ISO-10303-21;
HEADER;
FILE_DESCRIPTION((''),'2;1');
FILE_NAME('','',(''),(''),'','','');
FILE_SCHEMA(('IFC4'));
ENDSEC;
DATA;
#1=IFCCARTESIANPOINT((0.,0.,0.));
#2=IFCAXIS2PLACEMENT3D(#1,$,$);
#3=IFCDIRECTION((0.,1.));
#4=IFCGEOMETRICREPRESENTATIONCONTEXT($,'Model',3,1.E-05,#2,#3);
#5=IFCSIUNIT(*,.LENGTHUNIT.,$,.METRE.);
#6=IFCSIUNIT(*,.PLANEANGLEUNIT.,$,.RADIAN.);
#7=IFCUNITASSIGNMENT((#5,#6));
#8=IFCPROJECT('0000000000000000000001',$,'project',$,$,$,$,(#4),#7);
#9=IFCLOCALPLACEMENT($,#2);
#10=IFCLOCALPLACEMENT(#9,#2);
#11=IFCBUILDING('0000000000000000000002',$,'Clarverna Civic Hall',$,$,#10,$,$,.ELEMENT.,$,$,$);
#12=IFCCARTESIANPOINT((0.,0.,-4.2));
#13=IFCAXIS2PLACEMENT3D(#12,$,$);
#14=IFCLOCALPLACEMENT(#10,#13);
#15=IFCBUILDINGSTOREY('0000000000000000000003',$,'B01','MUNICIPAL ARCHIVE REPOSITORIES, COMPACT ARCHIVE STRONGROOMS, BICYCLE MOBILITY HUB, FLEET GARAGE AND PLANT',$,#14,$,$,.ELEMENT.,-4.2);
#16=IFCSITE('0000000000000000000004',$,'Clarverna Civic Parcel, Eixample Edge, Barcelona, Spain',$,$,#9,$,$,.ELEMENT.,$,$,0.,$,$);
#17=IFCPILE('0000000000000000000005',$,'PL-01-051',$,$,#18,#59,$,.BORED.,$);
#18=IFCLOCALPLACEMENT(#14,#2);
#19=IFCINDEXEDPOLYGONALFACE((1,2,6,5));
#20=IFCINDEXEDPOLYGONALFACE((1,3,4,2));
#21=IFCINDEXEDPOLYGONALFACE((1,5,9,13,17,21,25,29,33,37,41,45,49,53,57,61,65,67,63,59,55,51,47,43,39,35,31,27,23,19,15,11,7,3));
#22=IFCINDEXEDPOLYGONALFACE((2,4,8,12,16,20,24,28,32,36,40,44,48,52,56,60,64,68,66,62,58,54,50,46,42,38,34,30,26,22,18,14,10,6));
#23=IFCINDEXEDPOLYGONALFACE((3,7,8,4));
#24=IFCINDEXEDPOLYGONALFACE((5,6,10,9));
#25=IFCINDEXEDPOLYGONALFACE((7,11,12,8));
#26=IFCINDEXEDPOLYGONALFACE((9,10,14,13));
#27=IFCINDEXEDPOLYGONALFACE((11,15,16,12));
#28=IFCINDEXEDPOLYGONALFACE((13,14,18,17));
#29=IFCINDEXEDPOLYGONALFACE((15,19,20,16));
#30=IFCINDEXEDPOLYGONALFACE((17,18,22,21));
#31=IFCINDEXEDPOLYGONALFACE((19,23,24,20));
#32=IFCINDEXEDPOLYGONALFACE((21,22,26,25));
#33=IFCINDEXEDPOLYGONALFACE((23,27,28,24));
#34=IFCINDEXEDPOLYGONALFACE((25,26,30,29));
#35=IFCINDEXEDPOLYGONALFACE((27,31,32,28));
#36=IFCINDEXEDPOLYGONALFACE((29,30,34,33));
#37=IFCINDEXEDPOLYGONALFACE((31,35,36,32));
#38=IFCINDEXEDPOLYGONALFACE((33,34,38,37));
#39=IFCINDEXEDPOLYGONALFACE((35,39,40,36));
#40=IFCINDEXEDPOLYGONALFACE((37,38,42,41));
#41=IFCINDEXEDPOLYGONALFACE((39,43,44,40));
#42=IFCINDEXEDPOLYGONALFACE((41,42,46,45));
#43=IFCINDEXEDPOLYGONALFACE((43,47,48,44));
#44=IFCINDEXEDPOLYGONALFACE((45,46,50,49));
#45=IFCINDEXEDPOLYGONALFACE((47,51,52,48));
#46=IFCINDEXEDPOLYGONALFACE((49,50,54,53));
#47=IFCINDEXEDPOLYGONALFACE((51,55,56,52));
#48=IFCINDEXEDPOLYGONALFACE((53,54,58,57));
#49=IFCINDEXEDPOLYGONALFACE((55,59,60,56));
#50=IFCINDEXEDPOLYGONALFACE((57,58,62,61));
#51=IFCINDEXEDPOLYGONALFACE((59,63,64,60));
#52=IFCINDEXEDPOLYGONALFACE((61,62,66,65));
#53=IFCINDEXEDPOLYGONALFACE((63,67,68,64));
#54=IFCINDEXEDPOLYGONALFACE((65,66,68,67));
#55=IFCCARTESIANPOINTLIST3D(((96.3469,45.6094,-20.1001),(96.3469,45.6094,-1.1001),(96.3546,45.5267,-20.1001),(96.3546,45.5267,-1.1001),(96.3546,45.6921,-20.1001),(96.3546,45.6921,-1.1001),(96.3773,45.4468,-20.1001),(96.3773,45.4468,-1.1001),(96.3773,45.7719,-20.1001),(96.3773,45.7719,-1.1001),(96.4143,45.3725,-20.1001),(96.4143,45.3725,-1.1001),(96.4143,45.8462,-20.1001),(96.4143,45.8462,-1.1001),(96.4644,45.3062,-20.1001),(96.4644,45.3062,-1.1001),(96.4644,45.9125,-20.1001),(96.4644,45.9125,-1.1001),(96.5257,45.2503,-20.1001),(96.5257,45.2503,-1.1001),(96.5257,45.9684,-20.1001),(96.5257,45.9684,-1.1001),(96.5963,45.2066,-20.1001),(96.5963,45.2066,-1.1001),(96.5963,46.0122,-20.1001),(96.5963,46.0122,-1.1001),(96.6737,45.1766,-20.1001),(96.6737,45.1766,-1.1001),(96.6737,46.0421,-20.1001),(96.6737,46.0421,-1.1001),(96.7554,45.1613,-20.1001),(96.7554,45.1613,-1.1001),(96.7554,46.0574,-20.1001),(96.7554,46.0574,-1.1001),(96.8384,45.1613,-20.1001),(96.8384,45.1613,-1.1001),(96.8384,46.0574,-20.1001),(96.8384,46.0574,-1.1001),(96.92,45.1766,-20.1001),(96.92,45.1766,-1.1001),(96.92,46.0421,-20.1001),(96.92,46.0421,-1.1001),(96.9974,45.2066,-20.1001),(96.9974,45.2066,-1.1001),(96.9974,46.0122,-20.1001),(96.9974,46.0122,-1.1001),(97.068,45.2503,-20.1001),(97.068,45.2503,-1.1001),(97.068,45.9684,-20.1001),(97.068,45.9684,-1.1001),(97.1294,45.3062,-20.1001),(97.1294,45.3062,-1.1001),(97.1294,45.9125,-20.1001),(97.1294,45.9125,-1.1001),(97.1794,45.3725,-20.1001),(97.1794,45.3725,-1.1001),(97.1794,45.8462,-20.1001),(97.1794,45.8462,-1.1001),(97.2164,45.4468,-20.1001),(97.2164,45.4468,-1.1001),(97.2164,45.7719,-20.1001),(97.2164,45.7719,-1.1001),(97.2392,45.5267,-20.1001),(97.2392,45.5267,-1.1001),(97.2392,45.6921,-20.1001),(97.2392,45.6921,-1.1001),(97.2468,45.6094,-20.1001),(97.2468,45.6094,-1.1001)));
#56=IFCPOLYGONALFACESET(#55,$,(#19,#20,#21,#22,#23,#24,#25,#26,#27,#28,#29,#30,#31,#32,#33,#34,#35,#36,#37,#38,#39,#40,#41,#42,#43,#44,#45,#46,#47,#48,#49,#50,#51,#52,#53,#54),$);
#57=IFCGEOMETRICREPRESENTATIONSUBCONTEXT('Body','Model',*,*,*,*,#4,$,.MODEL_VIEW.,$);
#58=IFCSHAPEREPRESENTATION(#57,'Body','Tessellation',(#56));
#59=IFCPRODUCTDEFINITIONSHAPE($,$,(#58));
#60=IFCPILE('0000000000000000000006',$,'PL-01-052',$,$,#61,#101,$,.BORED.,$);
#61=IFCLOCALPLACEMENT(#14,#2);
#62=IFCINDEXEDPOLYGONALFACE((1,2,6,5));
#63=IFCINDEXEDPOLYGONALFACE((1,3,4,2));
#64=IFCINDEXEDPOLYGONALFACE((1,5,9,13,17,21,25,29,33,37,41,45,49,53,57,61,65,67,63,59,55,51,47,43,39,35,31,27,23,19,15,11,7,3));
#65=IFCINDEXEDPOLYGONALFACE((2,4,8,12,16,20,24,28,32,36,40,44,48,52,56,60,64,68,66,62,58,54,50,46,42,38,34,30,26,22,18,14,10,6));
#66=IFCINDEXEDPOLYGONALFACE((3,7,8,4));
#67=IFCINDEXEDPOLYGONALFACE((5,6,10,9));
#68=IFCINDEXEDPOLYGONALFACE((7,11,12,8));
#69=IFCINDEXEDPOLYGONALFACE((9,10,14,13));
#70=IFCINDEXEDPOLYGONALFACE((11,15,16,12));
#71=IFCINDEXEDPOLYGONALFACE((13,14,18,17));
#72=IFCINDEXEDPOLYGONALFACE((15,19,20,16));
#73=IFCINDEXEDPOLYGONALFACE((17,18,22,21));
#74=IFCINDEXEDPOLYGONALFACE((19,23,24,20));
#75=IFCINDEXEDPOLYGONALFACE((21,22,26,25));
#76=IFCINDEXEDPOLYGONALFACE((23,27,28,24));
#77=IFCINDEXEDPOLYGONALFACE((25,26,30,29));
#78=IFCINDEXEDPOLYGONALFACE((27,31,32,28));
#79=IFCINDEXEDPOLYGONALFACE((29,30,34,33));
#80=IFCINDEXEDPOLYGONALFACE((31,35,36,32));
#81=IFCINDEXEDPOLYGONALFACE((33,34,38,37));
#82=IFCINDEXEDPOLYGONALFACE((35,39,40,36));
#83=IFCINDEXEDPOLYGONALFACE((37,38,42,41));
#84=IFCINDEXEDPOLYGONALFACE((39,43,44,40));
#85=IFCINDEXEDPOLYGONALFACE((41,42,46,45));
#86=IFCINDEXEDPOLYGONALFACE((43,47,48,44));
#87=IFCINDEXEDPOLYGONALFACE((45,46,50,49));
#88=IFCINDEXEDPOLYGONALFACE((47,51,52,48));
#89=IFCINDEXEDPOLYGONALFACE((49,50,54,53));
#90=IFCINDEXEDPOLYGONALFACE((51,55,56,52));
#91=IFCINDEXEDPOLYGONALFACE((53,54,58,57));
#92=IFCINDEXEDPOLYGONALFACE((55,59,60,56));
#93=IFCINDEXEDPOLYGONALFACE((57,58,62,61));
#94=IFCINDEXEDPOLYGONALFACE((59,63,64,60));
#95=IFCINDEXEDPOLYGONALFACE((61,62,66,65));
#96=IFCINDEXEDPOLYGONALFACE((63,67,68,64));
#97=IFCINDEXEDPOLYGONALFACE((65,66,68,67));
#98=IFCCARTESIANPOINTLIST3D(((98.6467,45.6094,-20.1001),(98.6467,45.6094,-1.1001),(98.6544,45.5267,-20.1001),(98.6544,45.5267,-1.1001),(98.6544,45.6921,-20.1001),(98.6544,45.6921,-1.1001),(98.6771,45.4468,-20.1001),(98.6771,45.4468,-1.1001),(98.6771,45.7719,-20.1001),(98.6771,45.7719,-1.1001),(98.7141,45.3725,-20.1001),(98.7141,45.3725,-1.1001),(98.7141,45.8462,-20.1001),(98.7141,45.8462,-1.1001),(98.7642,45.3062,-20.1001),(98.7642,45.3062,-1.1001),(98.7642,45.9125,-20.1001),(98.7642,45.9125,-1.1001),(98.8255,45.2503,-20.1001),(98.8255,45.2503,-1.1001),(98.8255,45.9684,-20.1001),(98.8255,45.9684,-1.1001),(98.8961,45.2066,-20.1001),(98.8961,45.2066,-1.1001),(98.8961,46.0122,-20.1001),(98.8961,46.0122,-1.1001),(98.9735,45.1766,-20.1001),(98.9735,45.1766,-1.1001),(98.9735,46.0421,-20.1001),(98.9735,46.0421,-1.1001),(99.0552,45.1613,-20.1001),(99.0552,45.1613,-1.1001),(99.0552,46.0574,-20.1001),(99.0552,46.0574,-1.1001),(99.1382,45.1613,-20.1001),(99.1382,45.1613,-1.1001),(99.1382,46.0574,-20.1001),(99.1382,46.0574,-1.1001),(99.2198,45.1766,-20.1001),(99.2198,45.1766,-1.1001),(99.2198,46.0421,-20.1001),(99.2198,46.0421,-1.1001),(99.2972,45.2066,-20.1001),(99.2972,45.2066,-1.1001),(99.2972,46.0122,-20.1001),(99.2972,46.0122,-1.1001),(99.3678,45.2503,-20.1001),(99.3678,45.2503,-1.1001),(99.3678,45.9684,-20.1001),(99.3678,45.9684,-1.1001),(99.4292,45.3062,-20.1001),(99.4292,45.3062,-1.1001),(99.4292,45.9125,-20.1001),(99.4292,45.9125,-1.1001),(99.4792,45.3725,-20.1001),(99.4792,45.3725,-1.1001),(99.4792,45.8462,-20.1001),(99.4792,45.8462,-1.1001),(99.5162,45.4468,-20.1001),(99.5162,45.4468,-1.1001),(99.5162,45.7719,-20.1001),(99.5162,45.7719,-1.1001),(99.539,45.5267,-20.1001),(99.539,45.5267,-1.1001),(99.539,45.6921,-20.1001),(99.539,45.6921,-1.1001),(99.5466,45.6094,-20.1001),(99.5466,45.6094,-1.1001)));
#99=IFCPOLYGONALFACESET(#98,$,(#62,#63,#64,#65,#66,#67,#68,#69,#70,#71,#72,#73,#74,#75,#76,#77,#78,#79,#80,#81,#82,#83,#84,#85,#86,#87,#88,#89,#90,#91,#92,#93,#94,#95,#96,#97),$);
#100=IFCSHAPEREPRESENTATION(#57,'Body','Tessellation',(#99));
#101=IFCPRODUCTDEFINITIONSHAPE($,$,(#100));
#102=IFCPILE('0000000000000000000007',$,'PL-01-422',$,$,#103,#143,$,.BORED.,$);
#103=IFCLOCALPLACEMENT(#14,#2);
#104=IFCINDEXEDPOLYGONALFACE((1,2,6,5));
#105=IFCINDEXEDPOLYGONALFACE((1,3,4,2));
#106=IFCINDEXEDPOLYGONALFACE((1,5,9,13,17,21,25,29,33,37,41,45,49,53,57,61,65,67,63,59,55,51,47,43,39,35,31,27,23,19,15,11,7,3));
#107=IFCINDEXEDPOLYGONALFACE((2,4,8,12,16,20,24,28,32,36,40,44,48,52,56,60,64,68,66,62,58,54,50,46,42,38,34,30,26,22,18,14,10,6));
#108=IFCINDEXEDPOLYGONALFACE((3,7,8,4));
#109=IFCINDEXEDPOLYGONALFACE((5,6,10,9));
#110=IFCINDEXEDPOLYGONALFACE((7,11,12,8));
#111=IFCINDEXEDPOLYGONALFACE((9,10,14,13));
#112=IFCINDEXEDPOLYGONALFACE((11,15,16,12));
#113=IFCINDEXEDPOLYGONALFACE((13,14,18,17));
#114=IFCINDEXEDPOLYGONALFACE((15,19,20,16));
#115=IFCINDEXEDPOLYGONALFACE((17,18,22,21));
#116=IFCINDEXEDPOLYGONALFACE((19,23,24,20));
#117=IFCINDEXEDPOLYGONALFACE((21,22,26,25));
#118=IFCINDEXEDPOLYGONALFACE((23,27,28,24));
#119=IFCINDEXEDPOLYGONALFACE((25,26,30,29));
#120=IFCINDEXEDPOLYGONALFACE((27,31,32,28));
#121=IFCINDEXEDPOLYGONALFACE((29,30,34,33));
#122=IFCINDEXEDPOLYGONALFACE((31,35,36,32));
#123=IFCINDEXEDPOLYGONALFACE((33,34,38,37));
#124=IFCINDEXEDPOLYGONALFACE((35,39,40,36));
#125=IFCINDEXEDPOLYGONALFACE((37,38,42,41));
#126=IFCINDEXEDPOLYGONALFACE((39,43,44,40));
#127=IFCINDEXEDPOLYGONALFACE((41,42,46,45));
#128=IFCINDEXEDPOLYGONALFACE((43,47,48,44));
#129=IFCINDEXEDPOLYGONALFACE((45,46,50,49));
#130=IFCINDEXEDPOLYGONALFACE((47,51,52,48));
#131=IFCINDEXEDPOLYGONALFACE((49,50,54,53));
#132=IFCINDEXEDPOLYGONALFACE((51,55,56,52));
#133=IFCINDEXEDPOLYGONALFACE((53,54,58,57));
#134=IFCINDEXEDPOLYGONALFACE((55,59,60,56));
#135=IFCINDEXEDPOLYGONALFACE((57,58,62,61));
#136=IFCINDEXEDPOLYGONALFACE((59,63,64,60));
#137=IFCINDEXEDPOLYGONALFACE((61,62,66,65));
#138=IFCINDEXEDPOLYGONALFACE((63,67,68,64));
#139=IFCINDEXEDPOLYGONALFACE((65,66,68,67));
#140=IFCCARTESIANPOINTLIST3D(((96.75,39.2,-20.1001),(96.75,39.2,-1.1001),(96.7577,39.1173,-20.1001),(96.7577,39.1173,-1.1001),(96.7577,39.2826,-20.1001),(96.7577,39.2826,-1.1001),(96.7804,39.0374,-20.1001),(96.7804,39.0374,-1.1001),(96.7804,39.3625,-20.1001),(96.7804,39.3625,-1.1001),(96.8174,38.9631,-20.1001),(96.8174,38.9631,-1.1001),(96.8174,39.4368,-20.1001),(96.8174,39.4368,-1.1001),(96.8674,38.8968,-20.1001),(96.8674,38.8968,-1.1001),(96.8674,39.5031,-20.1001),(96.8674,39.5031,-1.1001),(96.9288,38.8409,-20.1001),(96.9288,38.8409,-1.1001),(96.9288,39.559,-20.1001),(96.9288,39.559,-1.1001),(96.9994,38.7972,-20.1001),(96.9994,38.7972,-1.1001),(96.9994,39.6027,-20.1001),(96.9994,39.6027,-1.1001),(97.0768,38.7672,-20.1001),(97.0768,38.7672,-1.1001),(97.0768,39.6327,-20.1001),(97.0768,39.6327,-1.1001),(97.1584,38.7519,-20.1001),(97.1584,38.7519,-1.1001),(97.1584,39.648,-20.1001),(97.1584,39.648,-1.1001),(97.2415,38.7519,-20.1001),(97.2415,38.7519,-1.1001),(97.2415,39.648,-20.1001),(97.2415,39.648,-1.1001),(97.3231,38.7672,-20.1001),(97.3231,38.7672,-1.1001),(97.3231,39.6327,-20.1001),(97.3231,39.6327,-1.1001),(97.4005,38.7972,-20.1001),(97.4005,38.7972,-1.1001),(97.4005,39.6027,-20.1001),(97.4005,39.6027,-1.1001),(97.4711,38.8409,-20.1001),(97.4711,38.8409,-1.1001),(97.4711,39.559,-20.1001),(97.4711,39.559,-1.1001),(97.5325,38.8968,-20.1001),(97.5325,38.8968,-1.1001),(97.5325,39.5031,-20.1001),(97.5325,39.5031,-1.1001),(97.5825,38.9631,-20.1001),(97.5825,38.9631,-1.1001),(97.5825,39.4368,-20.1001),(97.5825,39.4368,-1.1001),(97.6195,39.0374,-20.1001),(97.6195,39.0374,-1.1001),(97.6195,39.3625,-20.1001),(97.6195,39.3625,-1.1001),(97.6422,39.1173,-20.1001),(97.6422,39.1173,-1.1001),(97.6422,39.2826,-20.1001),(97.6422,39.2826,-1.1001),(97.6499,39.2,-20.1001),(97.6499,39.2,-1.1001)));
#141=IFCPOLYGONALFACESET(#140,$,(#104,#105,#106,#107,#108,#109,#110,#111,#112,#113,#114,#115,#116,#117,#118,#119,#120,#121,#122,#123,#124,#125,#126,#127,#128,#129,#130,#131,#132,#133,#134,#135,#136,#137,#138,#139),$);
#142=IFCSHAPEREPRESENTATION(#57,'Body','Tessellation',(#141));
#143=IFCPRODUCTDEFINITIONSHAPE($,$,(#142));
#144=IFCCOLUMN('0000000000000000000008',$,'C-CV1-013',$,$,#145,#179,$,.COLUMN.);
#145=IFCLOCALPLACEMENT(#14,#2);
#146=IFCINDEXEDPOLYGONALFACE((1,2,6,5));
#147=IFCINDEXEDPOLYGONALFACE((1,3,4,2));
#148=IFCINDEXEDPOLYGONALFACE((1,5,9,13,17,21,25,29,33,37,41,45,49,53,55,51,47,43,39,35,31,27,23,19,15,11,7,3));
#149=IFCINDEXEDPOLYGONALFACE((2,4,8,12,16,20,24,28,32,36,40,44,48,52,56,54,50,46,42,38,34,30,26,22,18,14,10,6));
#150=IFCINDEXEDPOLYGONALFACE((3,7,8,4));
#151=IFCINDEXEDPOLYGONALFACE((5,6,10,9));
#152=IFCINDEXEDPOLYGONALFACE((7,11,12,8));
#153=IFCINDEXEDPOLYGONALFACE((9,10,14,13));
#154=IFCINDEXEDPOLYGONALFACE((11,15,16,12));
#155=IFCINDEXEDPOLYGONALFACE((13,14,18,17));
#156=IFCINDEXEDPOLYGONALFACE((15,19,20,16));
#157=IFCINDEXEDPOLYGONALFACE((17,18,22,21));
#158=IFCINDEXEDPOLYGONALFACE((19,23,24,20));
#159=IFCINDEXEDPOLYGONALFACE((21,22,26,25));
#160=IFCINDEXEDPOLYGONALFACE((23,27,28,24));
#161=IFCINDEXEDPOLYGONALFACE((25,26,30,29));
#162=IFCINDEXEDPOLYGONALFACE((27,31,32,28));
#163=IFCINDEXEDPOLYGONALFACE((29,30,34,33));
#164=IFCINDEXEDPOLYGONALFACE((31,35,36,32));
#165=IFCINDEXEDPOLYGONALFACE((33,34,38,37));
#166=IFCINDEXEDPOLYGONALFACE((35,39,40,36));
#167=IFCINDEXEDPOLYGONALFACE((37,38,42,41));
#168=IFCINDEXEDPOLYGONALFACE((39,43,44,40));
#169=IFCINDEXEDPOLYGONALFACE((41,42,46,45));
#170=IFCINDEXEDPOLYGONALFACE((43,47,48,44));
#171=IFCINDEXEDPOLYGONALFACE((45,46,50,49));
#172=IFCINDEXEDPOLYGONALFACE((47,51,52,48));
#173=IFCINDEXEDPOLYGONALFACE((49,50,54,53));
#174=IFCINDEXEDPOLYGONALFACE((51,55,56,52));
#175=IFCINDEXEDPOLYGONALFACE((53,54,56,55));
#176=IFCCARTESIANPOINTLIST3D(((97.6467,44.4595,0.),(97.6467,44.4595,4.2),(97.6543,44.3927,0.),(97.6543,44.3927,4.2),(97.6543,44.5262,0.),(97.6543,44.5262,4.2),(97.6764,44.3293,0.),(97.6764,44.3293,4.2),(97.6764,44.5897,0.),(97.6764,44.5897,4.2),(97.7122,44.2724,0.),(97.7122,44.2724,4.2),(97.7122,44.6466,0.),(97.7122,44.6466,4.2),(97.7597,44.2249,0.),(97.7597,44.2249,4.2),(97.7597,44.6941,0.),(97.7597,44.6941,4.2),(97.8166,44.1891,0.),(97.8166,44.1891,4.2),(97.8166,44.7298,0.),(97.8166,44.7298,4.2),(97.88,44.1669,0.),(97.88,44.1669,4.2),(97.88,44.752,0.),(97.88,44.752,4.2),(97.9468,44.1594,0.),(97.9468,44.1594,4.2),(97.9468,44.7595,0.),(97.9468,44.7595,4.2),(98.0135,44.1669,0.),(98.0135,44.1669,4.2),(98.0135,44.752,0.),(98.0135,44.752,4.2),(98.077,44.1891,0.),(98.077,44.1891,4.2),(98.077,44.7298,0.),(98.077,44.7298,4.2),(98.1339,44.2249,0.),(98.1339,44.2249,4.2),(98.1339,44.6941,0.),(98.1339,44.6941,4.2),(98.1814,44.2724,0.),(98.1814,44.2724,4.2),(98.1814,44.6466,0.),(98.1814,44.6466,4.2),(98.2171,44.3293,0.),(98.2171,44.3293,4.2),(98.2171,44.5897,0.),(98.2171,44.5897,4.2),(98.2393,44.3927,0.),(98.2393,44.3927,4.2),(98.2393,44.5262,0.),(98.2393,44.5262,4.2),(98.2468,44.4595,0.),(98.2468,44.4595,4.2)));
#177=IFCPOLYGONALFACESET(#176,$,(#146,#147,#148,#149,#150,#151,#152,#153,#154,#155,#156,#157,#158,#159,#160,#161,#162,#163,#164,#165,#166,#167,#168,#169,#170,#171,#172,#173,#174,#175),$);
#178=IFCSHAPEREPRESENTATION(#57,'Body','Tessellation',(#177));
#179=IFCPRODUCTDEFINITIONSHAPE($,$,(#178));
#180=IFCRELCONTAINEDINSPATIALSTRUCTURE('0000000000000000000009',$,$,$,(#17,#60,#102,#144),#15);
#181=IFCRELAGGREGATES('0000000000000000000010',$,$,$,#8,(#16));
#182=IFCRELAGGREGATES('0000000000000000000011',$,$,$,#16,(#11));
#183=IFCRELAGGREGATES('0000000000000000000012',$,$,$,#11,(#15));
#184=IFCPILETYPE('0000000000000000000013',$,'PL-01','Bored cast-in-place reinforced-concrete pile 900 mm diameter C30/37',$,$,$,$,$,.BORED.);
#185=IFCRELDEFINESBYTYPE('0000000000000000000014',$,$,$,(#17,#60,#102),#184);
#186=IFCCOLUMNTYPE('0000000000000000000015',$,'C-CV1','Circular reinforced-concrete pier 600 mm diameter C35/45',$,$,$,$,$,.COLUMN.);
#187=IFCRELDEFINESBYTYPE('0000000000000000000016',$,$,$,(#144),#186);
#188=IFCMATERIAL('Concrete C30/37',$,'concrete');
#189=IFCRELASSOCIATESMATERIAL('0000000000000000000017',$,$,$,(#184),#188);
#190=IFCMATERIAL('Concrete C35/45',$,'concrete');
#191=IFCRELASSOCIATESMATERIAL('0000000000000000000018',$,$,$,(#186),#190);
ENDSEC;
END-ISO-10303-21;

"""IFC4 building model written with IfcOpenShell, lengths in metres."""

from ifc_helpers import new_model, si_unit, direction, frame, origin, origin_2d, place, context, subcontext, project, spatial, circle, extrude, material, material_profile, profile_set, type_object, element, save


model = new_model("IFC4")

# Units and contexts
model_context = context("Model", 3, precision=1e-05, world=origin(), true_north=direction((0.0, 1.0)))
body_context = subcontext(model_context, "Body", "Model", "MODEL_VIEW")
ifc_project = project(units=[si_unit("LENGTHUNIT", "METRE"), si_unit("PLANEANGLEUNIT", "RADIAN")], contexts=[model_context])

# Site, building, storey
site_placement = place(None, origin())
site = spatial("IfcSite", under=ifc_project, at=site_placement, Name="Clarverna Civic Parcel, Eixample Edge, Barcelona, Spain", CompositionType="ELEMENT", RefElevation=0.0)
building_placement = place(site_placement, origin())
building = spatial("IfcBuilding", under=site, at=building_placement, Name="Clarverna Civic Hall", CompositionType="ELEMENT")
storey_placement = place(building_placement, frame((0.0, 0.0, -4.2)))
storey = spatial("IfcBuildingStorey", under=building, at=storey_placement, Name="B01", Description="MUNICIPAL ARCHIVE REPOSITORIES, COMPACT ARCHIVE STRONGROOMS, BICYCLE MOBILITY HUB, FLEET GARAGE AND PLANT", CompositionType="ELEMENT", Elevation=-4.2)

# Shared definitions
ifc_material_1 = material(Name="Concrete C30/37", Category="concrete")

# Piles
ifc_material_profile_1 = material_profile(ifc_material_1, circle(Radius=0.45, at=origin_2d()), Name="BORED PILE D900")
ifc_profile_set_1 = profile_set([ifc_material_profile_1], Name="Concrete C30/37")
pile_type = type_object("IfcPileType", Name="PL-01", Description="Bored cast-in-place reinforced-concrete pile 900 mm diameter C30/37", PredefinedType="BORED", material=ifc_profile_set_1)
for number, where, z_axis, x_axis, name in (
    (1, (96.7969, 45.6094, -1.1001), (0.0, 0.0, -1.0), (1.0, 0.0, 0.0), "PL-01-051"),
    (2, (99.0967, 45.6094, -1.1001), (0.0, 0.0, -1.0), (1.0, 0.0, 0.0), "PL-01-052"),
    (3, (97.2, 39.2, -1.1001), (0.0, 0.0, -1.0), (1.0, 0.0, 0.0), "PL-01-422"),
):
    element("IfcPile", number, at=place(storey_placement, frame(where, z_axis=z_axis, x_axis=x_axis)), inside=storey, type_object=pile_type, Name=name, PredefinedType="BORED", context=body_context, shape_type="SweptSolid", body=[
        extrude(circle(Radius=0.45, at=origin_2d()), origin(), (0.0, 0.0, 1.0), 19.0),
    ])

# Column
ifc_material_2 = material(Name="Concrete C35/45", Category="concrete")
ifc_material_profile_2 = material_profile(ifc_material_2, circle(Radius=0.3, at=origin_2d()), Name="RC D600")
ifc_profile_set_2 = profile_set([ifc_material_profile_2], Name="Concrete C35/45")
column_type_1 = type_object("IfcColumnType", Name="C-CV1", Description="Circular reinforced-concrete pier 600 mm diameter C35/45", PredefinedType="COLUMN", material=ifc_profile_set_2)
column_1_placement = place(storey_placement, frame((97.9468, 44.4595, 0.0), z_axis=(0.0, 0.0, 1.0), x_axis=(1.0, 0.0, 0.0)))
element("IfcColumn", 4, at=column_1_placement, inside=storey, type_object=column_type_1, Name="C-CV1-013", PredefinedType="COLUMN", context=body_context, shape_type="SweptSolid", body=[
    extrude(circle(Radius=0.3, at=origin_2d()), origin(), (0.0, 0.0, 1.0), 4.2),
])

save(model, "model.ifc")
